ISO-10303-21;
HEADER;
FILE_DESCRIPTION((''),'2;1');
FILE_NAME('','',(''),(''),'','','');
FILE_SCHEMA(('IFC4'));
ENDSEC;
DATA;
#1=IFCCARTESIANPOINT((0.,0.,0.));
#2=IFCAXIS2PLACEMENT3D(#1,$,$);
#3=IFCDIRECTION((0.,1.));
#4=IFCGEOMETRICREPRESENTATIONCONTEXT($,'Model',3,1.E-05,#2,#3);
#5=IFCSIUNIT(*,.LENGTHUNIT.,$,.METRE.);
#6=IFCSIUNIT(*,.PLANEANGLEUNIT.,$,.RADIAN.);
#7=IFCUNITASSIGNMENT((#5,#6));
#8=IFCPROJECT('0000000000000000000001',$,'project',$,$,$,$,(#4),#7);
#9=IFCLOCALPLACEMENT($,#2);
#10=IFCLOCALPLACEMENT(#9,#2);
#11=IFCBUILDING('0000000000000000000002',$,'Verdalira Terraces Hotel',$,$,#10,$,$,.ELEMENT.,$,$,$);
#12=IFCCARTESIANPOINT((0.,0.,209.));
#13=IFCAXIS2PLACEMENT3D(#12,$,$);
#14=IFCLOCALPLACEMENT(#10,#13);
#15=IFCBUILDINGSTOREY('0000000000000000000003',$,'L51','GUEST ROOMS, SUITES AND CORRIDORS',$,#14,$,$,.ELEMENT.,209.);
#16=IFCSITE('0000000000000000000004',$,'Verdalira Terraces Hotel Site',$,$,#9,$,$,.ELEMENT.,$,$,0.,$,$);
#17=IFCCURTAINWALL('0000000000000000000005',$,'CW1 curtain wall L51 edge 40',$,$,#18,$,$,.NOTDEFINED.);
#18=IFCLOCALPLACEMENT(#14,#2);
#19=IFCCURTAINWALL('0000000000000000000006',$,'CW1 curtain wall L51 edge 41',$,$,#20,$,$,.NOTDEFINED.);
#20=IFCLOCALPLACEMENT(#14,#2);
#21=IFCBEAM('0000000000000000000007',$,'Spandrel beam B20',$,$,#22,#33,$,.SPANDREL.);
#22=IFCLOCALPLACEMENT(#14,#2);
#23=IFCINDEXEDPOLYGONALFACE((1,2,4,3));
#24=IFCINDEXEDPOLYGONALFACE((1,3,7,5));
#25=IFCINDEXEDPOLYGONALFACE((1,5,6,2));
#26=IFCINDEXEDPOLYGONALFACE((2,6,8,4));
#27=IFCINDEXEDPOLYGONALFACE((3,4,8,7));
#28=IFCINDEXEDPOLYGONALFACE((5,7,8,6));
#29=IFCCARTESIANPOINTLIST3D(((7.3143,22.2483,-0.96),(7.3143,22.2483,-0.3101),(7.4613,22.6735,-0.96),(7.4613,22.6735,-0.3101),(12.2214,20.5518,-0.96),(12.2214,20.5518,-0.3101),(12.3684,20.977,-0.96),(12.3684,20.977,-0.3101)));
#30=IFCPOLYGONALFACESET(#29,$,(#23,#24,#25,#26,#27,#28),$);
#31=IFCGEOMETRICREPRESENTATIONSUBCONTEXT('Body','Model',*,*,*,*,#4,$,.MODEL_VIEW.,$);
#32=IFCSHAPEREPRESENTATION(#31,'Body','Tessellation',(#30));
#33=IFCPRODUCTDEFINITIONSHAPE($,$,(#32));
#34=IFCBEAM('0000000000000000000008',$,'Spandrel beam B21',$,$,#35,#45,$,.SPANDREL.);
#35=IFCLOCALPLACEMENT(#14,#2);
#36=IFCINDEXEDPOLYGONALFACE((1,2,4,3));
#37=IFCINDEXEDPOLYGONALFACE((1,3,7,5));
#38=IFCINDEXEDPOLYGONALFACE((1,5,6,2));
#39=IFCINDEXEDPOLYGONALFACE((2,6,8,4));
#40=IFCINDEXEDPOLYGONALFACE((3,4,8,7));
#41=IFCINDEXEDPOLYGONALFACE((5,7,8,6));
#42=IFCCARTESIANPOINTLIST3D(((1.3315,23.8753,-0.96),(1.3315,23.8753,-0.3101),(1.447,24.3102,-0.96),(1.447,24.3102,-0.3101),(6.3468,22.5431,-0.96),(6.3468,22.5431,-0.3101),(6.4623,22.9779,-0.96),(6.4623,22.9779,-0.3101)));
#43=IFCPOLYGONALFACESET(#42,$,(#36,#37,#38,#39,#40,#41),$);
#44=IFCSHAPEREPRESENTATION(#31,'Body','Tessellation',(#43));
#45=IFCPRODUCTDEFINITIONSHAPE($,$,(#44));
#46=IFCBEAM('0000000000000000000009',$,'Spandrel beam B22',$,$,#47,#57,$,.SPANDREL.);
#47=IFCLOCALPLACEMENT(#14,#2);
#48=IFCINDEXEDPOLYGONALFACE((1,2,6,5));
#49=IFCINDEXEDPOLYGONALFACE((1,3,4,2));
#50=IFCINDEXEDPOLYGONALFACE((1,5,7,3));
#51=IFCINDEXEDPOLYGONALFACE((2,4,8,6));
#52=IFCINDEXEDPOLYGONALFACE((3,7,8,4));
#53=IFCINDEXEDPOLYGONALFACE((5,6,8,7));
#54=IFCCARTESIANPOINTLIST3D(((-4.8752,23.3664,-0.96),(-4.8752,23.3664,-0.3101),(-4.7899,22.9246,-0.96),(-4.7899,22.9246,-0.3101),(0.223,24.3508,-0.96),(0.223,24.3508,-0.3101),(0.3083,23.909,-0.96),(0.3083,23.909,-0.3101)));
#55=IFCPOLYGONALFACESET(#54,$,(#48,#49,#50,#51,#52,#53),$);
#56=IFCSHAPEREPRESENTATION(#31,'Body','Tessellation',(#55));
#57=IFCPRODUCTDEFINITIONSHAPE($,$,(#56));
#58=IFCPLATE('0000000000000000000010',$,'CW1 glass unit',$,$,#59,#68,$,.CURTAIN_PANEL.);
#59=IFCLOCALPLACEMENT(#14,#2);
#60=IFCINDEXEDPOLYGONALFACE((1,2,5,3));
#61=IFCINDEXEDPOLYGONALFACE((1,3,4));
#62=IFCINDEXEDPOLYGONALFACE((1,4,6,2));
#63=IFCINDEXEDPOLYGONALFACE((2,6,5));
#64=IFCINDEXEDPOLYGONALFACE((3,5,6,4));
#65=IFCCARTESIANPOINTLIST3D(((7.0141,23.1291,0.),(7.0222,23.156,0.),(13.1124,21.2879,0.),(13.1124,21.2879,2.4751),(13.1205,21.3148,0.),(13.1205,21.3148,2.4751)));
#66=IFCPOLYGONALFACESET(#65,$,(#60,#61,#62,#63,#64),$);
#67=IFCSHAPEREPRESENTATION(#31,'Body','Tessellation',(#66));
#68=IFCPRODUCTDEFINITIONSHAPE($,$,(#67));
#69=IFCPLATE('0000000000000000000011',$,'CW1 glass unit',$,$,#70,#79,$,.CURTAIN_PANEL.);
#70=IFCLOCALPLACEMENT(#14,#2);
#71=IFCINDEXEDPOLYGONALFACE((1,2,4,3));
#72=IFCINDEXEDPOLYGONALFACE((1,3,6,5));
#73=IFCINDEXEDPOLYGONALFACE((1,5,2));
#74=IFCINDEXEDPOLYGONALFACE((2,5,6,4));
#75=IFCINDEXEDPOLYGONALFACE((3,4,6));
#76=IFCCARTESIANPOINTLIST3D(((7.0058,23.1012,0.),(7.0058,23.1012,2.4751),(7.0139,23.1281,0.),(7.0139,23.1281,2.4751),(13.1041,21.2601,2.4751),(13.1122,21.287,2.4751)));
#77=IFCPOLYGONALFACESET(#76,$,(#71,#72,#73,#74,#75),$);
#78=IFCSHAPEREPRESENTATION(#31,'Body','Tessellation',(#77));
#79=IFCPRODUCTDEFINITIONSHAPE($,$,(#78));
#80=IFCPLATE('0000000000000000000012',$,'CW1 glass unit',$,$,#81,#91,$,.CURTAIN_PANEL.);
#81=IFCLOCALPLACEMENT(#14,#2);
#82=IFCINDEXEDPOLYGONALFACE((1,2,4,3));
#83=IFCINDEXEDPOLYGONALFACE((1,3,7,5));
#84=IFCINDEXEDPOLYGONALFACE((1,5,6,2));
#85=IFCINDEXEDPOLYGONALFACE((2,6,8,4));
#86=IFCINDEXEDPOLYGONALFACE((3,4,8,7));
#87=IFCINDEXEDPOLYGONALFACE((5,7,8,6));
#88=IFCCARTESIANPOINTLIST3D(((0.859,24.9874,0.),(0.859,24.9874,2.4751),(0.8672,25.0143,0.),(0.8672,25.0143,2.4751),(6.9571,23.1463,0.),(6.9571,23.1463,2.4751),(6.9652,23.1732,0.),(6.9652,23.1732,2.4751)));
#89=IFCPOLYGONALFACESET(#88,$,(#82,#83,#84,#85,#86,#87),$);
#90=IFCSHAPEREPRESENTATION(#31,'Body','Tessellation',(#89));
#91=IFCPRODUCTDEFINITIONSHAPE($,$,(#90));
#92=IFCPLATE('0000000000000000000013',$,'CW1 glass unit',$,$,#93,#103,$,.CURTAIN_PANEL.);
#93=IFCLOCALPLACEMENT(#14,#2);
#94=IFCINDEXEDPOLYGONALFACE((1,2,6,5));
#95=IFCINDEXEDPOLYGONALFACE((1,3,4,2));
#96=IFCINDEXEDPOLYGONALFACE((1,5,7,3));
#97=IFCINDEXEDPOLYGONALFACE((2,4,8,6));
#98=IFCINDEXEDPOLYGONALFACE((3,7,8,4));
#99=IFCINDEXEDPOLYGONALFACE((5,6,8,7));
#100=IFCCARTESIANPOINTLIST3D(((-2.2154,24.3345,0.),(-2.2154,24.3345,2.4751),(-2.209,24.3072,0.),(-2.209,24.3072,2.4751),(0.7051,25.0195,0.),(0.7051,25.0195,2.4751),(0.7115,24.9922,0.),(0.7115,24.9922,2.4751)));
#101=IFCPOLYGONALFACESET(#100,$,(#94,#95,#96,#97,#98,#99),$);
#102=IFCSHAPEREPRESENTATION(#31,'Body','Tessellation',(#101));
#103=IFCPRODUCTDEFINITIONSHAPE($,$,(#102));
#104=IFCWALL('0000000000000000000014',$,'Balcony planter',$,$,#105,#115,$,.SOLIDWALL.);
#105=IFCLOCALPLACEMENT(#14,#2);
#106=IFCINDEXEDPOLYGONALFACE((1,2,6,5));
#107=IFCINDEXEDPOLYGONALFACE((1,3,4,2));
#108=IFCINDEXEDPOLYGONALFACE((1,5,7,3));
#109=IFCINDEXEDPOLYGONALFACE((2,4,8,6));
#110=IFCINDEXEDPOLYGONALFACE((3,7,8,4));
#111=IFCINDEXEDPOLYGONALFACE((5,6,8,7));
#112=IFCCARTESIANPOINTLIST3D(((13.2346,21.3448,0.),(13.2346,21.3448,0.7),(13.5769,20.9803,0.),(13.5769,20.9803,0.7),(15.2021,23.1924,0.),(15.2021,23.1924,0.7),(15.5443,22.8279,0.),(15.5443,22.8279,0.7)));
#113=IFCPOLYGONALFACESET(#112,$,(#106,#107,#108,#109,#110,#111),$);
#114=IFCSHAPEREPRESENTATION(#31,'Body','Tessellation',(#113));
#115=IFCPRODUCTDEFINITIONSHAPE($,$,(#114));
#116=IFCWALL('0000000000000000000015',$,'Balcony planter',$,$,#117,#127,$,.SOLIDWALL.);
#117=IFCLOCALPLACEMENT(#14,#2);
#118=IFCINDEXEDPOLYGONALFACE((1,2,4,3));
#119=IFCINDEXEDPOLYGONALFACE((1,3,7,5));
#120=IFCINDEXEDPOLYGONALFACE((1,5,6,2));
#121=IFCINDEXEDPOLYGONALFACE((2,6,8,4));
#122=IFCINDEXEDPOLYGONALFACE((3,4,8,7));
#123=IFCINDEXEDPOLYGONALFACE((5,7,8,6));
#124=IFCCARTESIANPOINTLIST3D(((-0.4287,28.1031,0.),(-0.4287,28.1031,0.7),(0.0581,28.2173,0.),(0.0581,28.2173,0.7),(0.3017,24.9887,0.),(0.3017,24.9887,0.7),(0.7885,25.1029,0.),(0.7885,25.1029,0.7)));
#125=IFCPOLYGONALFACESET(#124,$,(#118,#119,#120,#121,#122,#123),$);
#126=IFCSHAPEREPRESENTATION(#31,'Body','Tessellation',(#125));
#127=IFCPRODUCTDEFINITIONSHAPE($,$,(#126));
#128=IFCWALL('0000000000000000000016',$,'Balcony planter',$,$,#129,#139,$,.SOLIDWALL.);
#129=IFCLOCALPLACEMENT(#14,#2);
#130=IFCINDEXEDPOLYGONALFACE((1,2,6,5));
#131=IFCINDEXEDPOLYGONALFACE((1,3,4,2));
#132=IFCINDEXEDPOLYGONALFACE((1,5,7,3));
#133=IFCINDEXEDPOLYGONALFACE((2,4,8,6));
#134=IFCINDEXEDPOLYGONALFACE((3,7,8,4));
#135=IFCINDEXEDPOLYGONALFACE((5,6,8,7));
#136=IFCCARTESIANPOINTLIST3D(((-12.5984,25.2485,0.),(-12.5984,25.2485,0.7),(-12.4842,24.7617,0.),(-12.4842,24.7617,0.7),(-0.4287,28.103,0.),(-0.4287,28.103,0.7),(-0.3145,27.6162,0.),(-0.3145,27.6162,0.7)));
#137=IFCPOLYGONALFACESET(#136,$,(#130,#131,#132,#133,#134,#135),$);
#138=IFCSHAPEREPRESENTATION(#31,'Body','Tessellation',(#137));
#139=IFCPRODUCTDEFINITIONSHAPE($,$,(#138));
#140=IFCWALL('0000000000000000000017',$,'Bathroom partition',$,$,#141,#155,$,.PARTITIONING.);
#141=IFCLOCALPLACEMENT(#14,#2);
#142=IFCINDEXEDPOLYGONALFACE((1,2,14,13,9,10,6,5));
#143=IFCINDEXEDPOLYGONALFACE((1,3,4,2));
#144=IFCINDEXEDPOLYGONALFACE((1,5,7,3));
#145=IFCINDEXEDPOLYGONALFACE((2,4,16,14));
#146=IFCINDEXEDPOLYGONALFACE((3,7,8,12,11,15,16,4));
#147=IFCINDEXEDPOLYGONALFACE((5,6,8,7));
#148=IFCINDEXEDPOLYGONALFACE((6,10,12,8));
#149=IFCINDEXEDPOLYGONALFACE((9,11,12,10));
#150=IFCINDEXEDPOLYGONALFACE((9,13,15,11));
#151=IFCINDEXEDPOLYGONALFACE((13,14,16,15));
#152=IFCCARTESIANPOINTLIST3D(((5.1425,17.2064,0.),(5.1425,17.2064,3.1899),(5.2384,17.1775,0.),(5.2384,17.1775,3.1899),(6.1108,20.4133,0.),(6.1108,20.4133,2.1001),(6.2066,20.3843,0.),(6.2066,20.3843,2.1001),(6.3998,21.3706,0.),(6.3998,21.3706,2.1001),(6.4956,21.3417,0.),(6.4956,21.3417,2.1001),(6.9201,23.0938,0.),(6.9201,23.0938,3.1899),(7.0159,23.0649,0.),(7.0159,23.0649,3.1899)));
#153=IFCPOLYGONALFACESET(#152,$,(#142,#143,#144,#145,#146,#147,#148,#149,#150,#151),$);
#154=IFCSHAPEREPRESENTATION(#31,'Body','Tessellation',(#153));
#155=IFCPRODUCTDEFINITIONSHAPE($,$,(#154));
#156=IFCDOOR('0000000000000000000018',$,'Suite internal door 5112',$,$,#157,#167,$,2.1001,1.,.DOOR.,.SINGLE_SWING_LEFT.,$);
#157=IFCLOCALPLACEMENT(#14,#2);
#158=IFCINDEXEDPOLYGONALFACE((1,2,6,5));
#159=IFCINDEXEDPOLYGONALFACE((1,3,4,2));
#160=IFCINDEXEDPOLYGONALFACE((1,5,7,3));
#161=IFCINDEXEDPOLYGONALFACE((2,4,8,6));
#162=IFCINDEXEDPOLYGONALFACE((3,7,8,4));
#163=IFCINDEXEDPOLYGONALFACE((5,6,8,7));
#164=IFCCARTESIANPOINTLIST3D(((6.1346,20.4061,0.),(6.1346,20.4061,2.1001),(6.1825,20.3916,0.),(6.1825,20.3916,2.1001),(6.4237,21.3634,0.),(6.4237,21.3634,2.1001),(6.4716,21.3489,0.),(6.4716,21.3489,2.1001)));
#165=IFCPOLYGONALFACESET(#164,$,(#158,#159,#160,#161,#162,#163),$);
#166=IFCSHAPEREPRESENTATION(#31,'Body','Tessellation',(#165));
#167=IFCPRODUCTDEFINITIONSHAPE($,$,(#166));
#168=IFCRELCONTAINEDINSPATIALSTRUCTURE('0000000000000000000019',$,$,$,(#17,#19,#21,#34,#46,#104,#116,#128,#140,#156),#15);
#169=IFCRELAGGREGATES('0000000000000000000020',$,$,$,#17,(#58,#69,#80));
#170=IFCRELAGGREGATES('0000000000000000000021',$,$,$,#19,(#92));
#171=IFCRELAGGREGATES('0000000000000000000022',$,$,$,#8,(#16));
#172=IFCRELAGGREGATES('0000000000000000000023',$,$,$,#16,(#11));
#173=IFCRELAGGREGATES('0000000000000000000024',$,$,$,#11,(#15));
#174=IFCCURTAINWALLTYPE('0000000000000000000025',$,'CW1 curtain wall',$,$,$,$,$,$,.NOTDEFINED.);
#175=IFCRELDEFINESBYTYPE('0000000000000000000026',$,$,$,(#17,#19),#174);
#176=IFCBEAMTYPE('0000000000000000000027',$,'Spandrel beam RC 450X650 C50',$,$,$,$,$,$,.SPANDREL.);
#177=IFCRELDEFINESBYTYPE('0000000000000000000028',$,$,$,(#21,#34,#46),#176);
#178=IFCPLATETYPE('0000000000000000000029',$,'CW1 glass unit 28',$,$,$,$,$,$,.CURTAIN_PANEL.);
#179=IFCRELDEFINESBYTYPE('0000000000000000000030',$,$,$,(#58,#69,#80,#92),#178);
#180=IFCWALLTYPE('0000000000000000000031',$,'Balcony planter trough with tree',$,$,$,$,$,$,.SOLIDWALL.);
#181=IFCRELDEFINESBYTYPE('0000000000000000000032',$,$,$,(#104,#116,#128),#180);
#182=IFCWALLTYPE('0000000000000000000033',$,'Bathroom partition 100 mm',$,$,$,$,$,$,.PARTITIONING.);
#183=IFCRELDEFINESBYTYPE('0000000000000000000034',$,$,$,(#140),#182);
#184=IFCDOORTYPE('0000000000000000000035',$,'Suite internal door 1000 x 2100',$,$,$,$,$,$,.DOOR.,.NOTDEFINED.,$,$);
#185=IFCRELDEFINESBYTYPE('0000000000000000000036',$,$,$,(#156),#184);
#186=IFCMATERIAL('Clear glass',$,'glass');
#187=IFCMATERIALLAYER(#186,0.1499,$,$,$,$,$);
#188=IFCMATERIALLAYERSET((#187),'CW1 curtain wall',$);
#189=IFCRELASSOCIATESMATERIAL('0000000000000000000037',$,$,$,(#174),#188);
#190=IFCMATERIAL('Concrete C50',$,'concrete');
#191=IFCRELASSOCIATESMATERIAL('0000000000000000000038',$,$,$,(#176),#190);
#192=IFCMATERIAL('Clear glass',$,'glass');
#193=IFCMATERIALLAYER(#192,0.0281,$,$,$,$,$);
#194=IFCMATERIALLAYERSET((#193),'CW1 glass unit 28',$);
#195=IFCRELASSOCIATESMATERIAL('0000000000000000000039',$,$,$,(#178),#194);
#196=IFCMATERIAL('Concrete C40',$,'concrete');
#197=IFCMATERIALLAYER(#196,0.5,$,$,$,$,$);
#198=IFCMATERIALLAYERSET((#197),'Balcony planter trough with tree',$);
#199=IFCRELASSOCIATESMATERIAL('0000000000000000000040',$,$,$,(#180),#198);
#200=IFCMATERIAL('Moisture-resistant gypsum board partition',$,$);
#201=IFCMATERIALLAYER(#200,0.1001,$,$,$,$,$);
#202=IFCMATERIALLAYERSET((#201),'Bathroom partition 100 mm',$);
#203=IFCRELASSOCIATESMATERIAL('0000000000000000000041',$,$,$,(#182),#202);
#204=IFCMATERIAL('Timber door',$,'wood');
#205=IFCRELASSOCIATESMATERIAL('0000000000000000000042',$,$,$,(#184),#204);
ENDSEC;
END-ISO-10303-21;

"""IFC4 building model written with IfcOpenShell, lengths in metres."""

from ifc_helpers import new_model, si_unit, direction, frame, frame_2d, origin, origin_2d, place, context, subcontext, project, spatial, polyline, rectangle, outline, extrude, material, layer, layer_set, material_profile, profile_set, type_object, element, fill, aggregate, save


model = new_model("IFC4")

# Units and contexts
model_context = context("Model", 3, precision=1e-05, world=origin(), true_north=direction((0.0, 1.0)))
body_context = subcontext(model_context, "Body", "Model", "MODEL_VIEW")
ifc_project = project(units=[si_unit("LENGTHUNIT", "METRE"), si_unit("PLANEANGLEUNIT", "RADIAN")], contexts=[model_context])

# Site, building, storey
site_placement = place(None, origin())
site = spatial("IfcSite", under=ifc_project, at=site_placement, Name="Verdalira Terraces Hotel Site", CompositionType="ELEMENT", RefElevation=0.0)
building_placement = place(site_placement, origin())
building = spatial("IfcBuilding", under=site, at=building_placement, Name="Verdalira Terraces Hotel", CompositionType="ELEMENT")
storey_placement = place(building_placement, frame((0.0, 0.0, 209.0)))
storey = spatial("IfcBuildingStorey", under=building, at=storey_placement, Name="L51", Description="GUEST ROOMS, SUITES AND CORRIDORS", CompositionType="ELEMENT", Elevation=209.0)

# Shared definitions
ifc_material_1 = material(Name="Clear glass", Category="glass")
ifc_layer_1 = layer(ifc_material_1, 0.1499)
ifc_layer_set_1 = layer_set([ifc_layer_1], Name="CW1 curtain wall")
curtain_wall_type = type_object("IfcCurtainWallType", Name="CW1 curtain wall", PredefinedType="NOTDEFINED", material=ifc_layer_set_1)

# Curtain wall
curtain_wall_1_placement = place(storey_placement, origin())
curtain_wall_1 = element("IfcCurtainWall", 1, at=curtain_wall_1_placement, inside=storey, type_object=curtain_wall_type, Name="CW1 curtain wall L51 edge 40", PredefinedType="NOTDEFINED")

# Curtain wall
curtain_wall_2_placement = place(storey_placement, origin())
curtain_wall_2 = element("IfcCurtainWall", 2, at=curtain_wall_2_placement, inside=storey, type_object=curtain_wall_type, Name="CW1 curtain wall L51 edge 41", PredefinedType="NOTDEFINED")

# Beams
ifc_material_2 = material(Name="Concrete C50", Category="concrete")
ifc_material_profile_1 = material_profile(ifc_material_2, rectangle(XDim=0.45, YDim=0.6499, at=origin_2d()), Name="RC 450X650")
ifc_profile_set_1 = profile_set([ifc_material_profile_1], Name="Concrete C50")
beam_type_1 = type_object("IfcBeamType", Name="Spandrel beam RC 450X650 C50", PredefinedType="SPANDREL", material=ifc_profile_set_1)
beam_1_placement = place(storey_placement, frame((12.2949, 20.7644, -0.635), z_axis=(-0.945112, 0.326746, 0.0), x_axis=(-0.326746, -0.945112, 0.0)))
element("IfcBeam", 3, at=beam_1_placement, inside=storey, type_object=beam_type_1, Name="Spandrel beam B20", PredefinedType="SPANDREL", context=body_context, shape_type="SweptSolid", body=[
    extrude(rectangle(XDim=0.45, YDim=0.6499, at=origin_2d()), origin(), (0.0, 0.0, 1.0), 5.1921),
])
beam_2_placement = place(storey_placement, frame((6.4045, 22.7605, -0.635), z_axis=(-0.966482, 0.256734, 0.0), x_axis=(-0.256734, -0.966482, 0.0)))
element("IfcBeam", 4, at=beam_2_placement, inside=storey, type_object=beam_type_1, Name="Spandrel beam B21", PredefinedType="SPANDREL", context=body_context, shape_type="SweptSolid", body=[
    extrude(rectangle(XDim=0.45, YDim=0.6499, at=origin_2d()), origin(), (0.0, 0.0, 1.0), 5.1892),
])
beam_3_placement = place(storey_placement, frame((0.2656, 24.1299, -0.635), z_axis=(-0.981865, -0.189583, 0.0), x_axis=(0.189583, -0.981865, 0.0)))
element("IfcBeam", 5, at=beam_3_placement, inside=storey, type_object=beam_type_1, Name="Spandrel beam B22", PredefinedType="SPANDREL", context=body_context, shape_type="SweptSolid", body=[
    extrude(rectangle(XDim=0.45, YDim=0.6499, at=origin_2d()), origin(), (0.0, 0.0, 1.0), 5.1924),
])

# Plates
ifc_material_3 = material(Name="Clear glass", Category="glass")
ifc_layer_2 = layer(ifc_material_3, 0.0281)
ifc_layer_set_2 = layer_set([ifc_layer_2], Name="CW1 glass unit 28")
plate_type = type_object("IfcPlateType", Name="CW1 glass unit 28", PredefinedType="CURTAIN_PANEL", material=ifc_layer_set_2)
plate_1_placement = place(storey_placement, frame((10.0632, 22.2085, 1.2375), z_axis=(0.289032, 0.957319, 0.0), x_axis=(-0.957319, 0.289032, 0.0)))
plate_1 = element("IfcPlate", 6, at=plate_1_placement, type_object=plate_type, Name="CW1 glass unit", PredefinedType="CURTAIN_PANEL", context=body_context, shape_type="SweptSolid", body=[
    extrude(outline(polyline([(-3.1851, -1.2375), (3.1851, -1.2375), (-3.1851, 1.2375), (-3.1851, -1.2375)])), origin(), (0.0, 0.0, 1.0), 0.0281),
])
plate_2_placement = place(storey_placement, frame((10.0549, 22.1807, 1.2375), z_axis=(0.289032, 0.957319, 0.0), x_axis=(-0.957319, 0.289032, 0.0)))
plate_2 = element("IfcPlate", 7, at=plate_2_placement, type_object=plate_type, Name="CW1 glass unit", PredefinedType="CURTAIN_PANEL", context=body_context, shape_type="SweptSolid", body=[
    extrude(outline(polyline([(3.1851, -1.2375), (3.1851, 1.2375), (-3.1851, 1.2375), (3.1851, -1.2375)])), origin(), (0.0, 0.0, 1.0), 0.0281),
])
plate_3_placement = place(storey_placement, frame((3.9121, 24.0803, 0.0), z_axis=(0.0, 0.0, 1.0), x_axis=(-0.957319, 0.289032, 0.0)))
plate_3 = element("IfcPlate", 8, at=plate_3_placement, type_object=plate_type, Name="CW1 glass unit", PredefinedType="CURTAIN_PANEL", context=body_context, shape_type="SweptSolid", body=[
    extrude(rectangle(XDim=6.3699, YDim=0.0281, at=origin_2d()), origin(), (0.0, 0.0, 1.0), 2.4751),
])
aggregate(curtain_wall_1, [plate_1, plate_2, plate_3])
plate_4_placement = place(storey_placement, frame((-0.752, 24.6633, 0.0), z_axis=(0.0, 0.0, 1.0), x_axis=(-0.973579, -0.228351, 0.0)))
plate_4 = element("IfcPlate", 9, at=plate_4_placement, type_object=plate_type, Name="CW1 glass unit", PredefinedType="CURTAIN_PANEL", context=body_context, shape_type="SweptSolid", body=[
    extrude(rectangle(XDim=2.9998, YDim=0.0281, at=origin_2d()), origin(), (0.0, 0.0, 1.0), 2.4751),
])
aggregate(curtain_wall_2, [plate_4])

# Walls
ifc_material_4 = material(Name="Concrete C40", Category="concrete")
ifc_layer_3 = layer(ifc_material_4, 0.5)
ifc_layer_set_3 = layer_set([ifc_layer_3], Name="Balcony planter trough with tree")
wall_type_1 = type_object("IfcWallType", Name="Balcony planter trough with tree", PredefinedType="SOLIDWALL", material=ifc_layer_set_3)
wall_1_placement = place(storey_placement, frame((15.3733, 23.0103, 0.0), z_axis=(0.0, 0.0, 1.0), x_axis=(-0.728964, -0.684552, 0.0)))
element("IfcWall", 10, at=wall_1_placement, inside=storey, type_object=wall_type_1, Name="Balcony planter", PredefinedType="SOLIDWALL", context=body_context, shape_type="SweptSolid", body=[
    extrude(rectangle(XDim=2.699, YDim=0.5, at=frame_2d((1.3496, 0.0))), origin(), (0.0, 0.0, 1.0), 0.7),
])
wall_2_placement = place(storey_placement, frame((0.5452, 25.0457, 0.0), z_axis=(0.0, 0.0, 1.0), x_axis=(-0.228342, 0.973581, 0.0)))
element("IfcWall", 11, at=wall_2_placement, inside=storey, type_object=wall_type_1, Name="Balcony planter", PredefinedType="SOLIDWALL", context=body_context, shape_type="SweptSolid", body=[
    extrude(rectangle(XDim=3.199, YDim=0.5, at=frame_2d((1.5996, 0.0))), origin(), (0.0, 0.0, 1.0), 0.7),
])
wall_3_placement = place(storey_placement, frame((-0.3716, 27.8596, 0.0), z_axis=(0.0, 0.0, 1.0), x_axis=(-0.973577, -0.22836, 0.0)))
element("IfcWall", 12, at=wall_3_placement, inside=storey, type_object=wall_type_1, Name="Balcony planter", PredefinedType="SOLIDWALL", context=body_context, shape_type="SweptSolid", body=[
    extrude(rectangle(XDim=12.5, YDim=0.5, at=frame_2d((6.25, 0.0))), origin(), (0.0, 0.0, 1.0), 0.7),
])

# Wall, opening, door
ifc_material_5 = material(Name="Moisture-resistant gypsum board partition")
ifc_layer_4 = layer(ifc_material_5, 0.1001)
ifc_layer_set_4 = layer_set([ifc_layer_4], Name="Bathroom partition 100 mm")
wall_type_2 = type_object("IfcWallType", Name="Bathroom partition 100 mm", PredefinedType="PARTITIONING", material=ifc_layer_set_4)
wall_4_placement = place(storey_placement, frame((6.968, 23.0793, 0.0), z_axis=(0.0, 0.0, 1.0), x_axis=(-0.289041, -0.957317, 0.0)))
wall_4 = element("IfcWall", 13, at=wall_4_placement, inside=storey, type_object=wall_type_2, Name="Bathroom partition", PredefinedType="PARTITIONING", context=body_context, shape_type="SweptSolid", body=[
    extrude(rectangle(XDim=6.1499, YDim=0.1001, at=frame_2d((3.075, 0.0))), origin(), (0.0, 0.0, 1.0), 3.1899),
])
opening_placement = place(wall_4_placement, frame((1.8, 0.0, 0.0)))
opening = element("IfcOpeningElement", 14, at=opening_placement, cuts=wall_4, PredefinedType="OPENING", context=body_context, shape_type="SweptSolid", body=[
    extrude(rectangle(XDim=1.0, YDim=2.1001, at=frame_2d((0.5, 1.05))), frame((0.0, 0.0601, 0.0), z_axis=(0.0, -1.0, 0.0), x_axis=(1.0, 0.0, 0.0)), (0.0, 0.0, 1.0), 0.1201),
])
ifc_material_6 = material(Name="Timber door", Category="wood")
door_type = type_object("IfcDoorType", Name="Suite internal door 1000 x 2100", OperationType="NOTDEFINED", PredefinedType="DOOR", material=ifc_material_6)
door_placement = place(opening_placement, origin())
door = element("IfcDoor", 15, at=door_placement, inside=storey, type_object=door_type, Name="Suite internal door 5112", OperationType="SINGLE_SWING_LEFT", OverallHeight=2.1001, OverallWidth=1.0, PredefinedType="DOOR", context=body_context, shape_type="SweptSolid", body=[
    extrude(rectangle(XDim=1.0, YDim=2.1001, at=frame_2d((0.5, 1.05))), frame((0.0, 0.0249, 0.0), z_axis=(0.0, -1.0, 0.0), x_axis=(1.0, 0.0, 0.0)), (0.0, 0.0, 1.0), 0.05),
])
fill(opening, door)

save(model, "model.ifc")
